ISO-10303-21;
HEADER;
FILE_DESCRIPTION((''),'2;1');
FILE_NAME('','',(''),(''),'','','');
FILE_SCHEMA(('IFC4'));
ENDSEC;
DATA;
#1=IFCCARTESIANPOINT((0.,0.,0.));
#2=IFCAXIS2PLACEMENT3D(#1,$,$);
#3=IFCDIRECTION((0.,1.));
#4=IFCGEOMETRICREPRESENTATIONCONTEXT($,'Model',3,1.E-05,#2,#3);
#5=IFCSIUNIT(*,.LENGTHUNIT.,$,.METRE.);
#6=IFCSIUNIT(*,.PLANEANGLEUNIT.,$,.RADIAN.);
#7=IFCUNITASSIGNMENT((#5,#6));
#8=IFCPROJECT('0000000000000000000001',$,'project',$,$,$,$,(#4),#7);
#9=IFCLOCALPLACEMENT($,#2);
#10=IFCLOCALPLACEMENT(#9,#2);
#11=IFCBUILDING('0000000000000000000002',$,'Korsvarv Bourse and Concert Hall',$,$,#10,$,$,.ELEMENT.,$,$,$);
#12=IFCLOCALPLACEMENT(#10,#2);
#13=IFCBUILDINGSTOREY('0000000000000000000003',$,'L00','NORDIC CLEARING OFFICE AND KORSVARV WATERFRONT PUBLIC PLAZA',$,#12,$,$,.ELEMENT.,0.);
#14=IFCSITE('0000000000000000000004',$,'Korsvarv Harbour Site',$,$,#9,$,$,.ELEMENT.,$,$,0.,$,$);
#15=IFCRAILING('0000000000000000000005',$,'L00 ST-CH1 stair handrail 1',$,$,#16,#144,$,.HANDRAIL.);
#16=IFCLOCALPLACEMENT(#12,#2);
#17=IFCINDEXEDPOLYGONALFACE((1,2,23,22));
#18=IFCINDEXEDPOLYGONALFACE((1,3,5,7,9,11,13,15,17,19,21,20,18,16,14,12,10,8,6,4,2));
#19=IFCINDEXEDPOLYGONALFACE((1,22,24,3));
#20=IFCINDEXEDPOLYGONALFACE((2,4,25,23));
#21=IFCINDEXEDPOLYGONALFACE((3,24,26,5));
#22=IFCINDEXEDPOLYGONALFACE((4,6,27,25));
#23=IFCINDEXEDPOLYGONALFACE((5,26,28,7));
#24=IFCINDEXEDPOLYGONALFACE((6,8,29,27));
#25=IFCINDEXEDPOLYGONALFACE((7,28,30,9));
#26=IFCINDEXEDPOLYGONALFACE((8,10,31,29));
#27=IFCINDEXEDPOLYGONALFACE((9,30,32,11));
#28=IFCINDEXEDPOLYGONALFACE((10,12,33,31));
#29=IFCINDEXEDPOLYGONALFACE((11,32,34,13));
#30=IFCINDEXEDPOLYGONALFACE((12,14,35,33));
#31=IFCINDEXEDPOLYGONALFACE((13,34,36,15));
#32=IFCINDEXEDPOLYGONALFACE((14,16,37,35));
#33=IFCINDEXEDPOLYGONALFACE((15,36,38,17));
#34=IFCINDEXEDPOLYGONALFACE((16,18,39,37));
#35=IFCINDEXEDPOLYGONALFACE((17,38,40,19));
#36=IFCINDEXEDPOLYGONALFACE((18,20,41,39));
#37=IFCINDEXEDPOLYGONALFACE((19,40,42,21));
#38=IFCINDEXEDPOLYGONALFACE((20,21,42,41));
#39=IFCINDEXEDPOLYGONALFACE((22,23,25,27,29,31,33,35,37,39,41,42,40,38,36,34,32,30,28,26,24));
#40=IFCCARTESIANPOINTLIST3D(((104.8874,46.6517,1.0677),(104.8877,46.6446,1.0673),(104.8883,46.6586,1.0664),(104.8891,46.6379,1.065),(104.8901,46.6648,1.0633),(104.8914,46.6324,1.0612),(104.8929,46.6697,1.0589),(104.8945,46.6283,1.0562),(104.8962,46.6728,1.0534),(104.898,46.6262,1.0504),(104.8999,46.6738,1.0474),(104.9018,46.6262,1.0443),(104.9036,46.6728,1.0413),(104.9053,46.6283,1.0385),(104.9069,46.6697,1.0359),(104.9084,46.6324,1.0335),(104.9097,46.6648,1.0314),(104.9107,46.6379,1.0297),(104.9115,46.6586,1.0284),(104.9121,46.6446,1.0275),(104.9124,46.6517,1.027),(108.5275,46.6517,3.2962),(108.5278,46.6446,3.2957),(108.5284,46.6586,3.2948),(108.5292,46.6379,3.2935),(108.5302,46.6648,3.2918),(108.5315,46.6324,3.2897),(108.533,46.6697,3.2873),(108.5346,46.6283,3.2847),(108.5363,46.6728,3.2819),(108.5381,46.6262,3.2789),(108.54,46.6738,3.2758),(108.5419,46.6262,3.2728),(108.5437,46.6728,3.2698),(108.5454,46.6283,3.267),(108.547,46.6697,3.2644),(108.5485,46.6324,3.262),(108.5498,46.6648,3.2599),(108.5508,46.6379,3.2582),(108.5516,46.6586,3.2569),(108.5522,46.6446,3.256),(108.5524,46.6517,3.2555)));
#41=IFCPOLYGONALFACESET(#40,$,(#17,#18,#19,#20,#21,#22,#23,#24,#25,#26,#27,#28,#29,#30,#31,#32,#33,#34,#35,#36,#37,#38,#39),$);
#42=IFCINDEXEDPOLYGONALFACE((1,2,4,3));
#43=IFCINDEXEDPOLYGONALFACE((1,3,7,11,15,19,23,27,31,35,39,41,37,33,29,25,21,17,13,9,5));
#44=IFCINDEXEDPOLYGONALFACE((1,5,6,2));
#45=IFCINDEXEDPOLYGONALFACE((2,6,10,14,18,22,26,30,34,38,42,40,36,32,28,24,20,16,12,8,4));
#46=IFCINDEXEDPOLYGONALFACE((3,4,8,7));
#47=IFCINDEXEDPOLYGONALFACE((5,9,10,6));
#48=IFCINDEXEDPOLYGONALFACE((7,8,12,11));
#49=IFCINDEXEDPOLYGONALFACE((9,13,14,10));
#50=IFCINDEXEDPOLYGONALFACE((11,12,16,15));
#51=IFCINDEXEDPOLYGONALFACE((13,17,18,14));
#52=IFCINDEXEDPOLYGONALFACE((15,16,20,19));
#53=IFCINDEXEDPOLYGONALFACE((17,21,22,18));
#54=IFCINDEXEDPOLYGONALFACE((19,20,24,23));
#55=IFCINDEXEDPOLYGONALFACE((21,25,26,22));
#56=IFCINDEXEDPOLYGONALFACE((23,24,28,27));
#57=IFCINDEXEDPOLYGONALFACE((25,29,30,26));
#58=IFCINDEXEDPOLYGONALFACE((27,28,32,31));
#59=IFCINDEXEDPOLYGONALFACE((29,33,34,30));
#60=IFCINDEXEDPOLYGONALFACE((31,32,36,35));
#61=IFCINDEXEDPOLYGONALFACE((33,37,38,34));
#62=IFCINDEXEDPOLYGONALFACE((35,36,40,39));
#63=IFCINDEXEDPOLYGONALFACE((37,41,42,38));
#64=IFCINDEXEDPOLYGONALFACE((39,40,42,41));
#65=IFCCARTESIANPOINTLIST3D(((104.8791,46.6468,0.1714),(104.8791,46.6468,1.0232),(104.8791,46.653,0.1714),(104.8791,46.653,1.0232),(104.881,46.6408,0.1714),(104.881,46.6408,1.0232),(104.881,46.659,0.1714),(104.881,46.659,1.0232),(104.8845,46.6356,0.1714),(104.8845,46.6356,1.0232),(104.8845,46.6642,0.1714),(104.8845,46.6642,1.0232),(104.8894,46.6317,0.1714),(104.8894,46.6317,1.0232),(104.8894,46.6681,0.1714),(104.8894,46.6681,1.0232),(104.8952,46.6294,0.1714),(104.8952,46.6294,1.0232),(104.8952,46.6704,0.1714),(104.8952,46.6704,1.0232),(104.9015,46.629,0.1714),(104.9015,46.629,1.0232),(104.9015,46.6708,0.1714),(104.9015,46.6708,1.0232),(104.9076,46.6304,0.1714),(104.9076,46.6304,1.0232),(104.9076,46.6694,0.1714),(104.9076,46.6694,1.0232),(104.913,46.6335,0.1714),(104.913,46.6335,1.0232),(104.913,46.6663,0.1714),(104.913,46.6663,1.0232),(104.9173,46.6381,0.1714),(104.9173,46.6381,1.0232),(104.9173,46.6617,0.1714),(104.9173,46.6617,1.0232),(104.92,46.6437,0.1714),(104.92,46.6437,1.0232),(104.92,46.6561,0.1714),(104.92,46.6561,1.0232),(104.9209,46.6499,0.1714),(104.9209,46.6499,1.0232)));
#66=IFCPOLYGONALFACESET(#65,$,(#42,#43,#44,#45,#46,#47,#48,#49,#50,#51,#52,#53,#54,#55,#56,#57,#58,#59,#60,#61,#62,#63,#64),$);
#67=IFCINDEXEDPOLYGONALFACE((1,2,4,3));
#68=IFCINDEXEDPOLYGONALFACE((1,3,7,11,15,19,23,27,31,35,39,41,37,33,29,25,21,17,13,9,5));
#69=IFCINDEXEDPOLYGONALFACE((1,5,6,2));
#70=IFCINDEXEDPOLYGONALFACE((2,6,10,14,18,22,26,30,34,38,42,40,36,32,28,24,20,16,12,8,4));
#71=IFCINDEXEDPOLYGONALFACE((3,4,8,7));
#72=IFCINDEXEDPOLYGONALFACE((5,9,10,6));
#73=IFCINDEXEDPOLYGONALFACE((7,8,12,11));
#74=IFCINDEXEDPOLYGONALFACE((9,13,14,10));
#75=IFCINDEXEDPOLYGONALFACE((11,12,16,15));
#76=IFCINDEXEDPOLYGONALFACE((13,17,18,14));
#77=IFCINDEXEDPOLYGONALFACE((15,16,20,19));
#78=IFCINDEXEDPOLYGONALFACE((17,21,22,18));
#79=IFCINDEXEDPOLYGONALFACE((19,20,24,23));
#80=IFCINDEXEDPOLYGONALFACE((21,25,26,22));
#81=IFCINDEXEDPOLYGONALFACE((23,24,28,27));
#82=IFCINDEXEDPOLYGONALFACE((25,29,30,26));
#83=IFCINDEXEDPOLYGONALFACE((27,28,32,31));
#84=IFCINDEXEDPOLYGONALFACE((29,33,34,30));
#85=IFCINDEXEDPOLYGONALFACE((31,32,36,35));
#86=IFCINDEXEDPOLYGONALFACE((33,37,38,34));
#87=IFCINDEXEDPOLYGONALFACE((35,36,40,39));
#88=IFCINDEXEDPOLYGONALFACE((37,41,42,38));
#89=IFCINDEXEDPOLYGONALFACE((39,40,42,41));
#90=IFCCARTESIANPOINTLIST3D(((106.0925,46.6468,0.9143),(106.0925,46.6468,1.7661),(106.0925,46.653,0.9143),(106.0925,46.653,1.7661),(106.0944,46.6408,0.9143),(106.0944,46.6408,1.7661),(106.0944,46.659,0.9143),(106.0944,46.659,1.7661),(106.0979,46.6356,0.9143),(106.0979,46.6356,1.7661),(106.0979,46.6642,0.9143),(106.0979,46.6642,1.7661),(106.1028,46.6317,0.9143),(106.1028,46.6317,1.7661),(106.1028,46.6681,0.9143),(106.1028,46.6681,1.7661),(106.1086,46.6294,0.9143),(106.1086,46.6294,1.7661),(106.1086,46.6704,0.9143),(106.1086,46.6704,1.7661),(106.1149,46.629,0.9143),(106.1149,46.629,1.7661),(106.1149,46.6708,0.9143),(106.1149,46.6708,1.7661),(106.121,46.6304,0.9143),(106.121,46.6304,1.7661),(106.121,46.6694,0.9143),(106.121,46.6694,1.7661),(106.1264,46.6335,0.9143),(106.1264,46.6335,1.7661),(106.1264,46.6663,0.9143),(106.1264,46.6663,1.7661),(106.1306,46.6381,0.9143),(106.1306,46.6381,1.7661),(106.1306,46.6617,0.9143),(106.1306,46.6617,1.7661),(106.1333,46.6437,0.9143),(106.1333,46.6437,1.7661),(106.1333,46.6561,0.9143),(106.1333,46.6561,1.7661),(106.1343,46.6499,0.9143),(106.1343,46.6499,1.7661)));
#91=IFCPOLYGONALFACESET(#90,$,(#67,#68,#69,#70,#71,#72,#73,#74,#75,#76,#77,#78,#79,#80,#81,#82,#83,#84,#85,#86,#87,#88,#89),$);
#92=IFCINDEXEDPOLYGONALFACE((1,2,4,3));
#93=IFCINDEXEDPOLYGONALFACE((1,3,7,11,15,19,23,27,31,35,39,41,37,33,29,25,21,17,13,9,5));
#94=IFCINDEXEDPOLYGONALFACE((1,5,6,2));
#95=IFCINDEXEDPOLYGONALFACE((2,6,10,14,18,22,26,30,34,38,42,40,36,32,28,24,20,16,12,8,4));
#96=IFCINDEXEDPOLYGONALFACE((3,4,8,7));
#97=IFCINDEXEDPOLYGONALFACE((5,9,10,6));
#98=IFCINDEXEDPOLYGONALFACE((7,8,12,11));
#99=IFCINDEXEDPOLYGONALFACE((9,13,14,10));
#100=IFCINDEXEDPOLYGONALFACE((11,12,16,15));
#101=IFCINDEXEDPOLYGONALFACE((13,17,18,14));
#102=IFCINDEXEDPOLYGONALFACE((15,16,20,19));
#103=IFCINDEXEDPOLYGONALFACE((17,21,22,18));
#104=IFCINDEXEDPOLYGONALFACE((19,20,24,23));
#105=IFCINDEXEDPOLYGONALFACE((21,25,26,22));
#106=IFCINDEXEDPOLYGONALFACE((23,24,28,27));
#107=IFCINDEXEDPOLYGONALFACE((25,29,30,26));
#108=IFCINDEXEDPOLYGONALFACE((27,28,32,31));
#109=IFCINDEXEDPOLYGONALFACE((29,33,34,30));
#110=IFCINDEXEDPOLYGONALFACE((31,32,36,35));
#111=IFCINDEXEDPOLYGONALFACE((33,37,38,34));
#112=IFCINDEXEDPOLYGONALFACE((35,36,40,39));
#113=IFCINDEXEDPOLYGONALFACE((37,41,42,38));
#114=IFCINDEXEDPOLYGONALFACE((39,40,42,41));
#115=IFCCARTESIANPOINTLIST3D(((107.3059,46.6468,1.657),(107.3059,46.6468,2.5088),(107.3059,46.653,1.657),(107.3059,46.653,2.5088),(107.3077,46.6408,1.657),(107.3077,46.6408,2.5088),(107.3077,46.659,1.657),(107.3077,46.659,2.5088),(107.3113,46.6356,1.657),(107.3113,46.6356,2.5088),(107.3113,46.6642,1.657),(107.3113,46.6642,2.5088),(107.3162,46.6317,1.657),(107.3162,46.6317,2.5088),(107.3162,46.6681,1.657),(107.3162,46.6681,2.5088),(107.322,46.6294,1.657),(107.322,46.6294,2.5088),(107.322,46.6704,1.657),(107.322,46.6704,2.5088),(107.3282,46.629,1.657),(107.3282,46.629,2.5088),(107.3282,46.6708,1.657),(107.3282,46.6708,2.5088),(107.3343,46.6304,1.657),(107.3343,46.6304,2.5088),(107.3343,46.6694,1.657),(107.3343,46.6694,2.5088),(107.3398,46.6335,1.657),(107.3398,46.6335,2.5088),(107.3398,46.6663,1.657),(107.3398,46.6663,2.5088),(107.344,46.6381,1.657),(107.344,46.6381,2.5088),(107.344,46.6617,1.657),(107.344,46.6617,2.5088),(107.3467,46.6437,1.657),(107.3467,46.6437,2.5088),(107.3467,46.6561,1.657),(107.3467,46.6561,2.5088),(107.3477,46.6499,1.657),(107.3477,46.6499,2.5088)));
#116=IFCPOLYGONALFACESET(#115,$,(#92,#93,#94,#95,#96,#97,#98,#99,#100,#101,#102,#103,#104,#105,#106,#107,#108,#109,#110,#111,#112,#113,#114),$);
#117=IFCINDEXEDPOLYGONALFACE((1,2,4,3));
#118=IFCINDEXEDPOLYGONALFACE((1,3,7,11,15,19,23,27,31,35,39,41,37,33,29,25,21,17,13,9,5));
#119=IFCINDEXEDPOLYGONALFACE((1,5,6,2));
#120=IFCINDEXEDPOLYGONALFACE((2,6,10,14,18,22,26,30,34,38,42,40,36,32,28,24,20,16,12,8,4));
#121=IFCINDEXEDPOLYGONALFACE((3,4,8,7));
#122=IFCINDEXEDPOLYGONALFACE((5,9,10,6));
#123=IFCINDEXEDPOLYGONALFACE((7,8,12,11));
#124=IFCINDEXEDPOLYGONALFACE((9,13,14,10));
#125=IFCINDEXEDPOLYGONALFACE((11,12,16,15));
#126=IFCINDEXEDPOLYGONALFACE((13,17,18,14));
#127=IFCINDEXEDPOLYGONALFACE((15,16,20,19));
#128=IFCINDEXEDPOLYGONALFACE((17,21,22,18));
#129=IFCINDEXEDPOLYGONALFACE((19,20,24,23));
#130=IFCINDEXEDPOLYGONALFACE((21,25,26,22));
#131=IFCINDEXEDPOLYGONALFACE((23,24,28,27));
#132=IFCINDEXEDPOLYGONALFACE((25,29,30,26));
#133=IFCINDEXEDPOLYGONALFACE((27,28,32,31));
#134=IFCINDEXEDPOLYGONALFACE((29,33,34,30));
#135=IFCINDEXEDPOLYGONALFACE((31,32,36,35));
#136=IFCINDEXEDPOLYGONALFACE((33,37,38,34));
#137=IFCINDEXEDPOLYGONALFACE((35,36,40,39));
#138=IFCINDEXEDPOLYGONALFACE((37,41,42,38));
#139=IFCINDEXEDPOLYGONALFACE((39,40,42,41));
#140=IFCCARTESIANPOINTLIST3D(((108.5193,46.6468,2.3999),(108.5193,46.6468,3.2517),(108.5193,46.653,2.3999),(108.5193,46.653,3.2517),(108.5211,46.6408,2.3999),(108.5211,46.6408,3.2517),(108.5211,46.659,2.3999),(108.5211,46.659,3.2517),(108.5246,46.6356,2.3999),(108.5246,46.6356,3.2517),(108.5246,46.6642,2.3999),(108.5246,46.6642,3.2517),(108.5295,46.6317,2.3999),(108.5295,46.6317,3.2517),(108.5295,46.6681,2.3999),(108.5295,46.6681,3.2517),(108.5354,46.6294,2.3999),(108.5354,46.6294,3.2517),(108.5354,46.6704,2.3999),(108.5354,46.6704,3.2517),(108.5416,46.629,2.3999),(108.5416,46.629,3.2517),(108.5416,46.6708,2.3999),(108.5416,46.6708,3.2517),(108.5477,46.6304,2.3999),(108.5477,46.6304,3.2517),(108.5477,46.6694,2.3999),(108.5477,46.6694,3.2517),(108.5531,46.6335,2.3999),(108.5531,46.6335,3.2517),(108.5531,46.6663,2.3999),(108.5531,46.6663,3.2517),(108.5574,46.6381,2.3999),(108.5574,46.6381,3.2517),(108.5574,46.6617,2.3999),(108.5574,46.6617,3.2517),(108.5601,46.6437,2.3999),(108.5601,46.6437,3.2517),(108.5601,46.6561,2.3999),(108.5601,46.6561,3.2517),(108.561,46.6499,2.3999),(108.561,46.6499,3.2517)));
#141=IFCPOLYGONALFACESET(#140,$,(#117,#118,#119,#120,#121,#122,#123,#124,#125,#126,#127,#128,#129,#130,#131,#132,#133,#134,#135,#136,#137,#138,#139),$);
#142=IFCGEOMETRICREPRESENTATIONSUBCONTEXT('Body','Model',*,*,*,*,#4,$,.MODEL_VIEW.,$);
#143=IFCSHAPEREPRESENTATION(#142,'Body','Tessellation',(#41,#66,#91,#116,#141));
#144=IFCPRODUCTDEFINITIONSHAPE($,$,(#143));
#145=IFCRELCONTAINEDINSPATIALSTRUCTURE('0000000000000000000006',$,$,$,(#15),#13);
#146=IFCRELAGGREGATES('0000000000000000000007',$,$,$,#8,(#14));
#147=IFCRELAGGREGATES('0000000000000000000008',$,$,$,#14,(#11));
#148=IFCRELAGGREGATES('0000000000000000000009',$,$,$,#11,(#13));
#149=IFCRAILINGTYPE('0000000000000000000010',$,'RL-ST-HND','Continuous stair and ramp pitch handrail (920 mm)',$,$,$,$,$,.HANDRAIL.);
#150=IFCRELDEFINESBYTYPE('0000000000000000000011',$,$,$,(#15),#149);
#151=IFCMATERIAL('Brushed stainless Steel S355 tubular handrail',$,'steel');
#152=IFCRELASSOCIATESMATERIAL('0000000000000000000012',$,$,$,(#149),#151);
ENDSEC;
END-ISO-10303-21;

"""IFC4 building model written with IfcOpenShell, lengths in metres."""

from ifc_helpers import new_model, si_unit, direction, frame, origin, origin_2d, place, context, subcontext, project, spatial, circle, extrude, material, type_object, element, save


model = new_model("IFC4")

# Units and contexts
model_context = context("Model", 3, precision=1e-05, world=origin(), true_north=direction((0.0, 1.0)))
body_context = subcontext(model_context, "Body", "Model", "MODEL_VIEW")
ifc_project = project(units=[si_unit("LENGTHUNIT", "METRE"), si_unit("PLANEANGLEUNIT", "RADIAN")], contexts=[model_context])

# Site, building, storey
site_placement = place(None, origin())
site = spatial("IfcSite", under=ifc_project, at=site_placement, Name="Korsvarv Harbour Site", CompositionType="ELEMENT", RefElevation=0.0)
building_placement = place(site_placement, origin())
building = spatial("IfcBuilding", under=site, at=building_placement, Name="Korsvarv Bourse and Concert Hall", CompositionType="ELEMENT")
storey_placement = place(building_placement, origin())
storey = spatial("IfcBuildingStorey", under=building, at=storey_placement, Name="L00", Description="NORDIC CLEARING OFFICE AND KORSVARV WATERFRONT PUBLIC PLAZA", CompositionType="ELEMENT", Elevation=0.0)

# Railing
ifc_material_1 = material(Name="Brushed stainless Steel S355 tubular handrail", Category="steel")
railing_type_1 = type_object("IfcRailingType", Name="RL-ST-HND", Description="Continuous stair and ramp pitch handrail (920 mm)", PredefinedType="HANDRAIL", material=ifc_material_1)
railing_1_placement = place(storey_placement, frame((104.8999, 46.6499, 0.1714)))
element("IfcRailing", 1, at=railing_1_placement, inside=storey, type_object=railing_type_1, Name="L00 ST-CH1 stair handrail 1", PredefinedType="HANDRAIL", context=body_context, shape_type="SweptSolid", body=[
    extrude(circle(Radius=0.0239, at=origin_2d()), frame((0.0, 0.0, 0.876), z_axis=(0.852866, 0.0, 0.52213), x_axis=(0.0, 1.0, 0.0)), (0.0, 0.0, 1.0), 4.2681),
    extrude(circle(Radius=0.021, at=origin_2d()), origin(), (0.0, 0.0, 1.0), 0.8518),
    extrude(circle(Radius=0.021, at=origin_2d()), frame((1.2134, 0.0, 0.7429)), (0.0, 0.0, 1.0), 0.8518),
    extrude(circle(Radius=0.021, at=origin_2d()), frame((2.4268, 0.0, 1.4856)), (0.0, 0.0, 1.0), 0.8518),
    extrude(circle(Radius=0.021, at=origin_2d()), frame((3.6401, 0.0, 2.2285)), (0.0, 0.0, 1.0), 0.8518),
])

save(model, "model.ifc")
